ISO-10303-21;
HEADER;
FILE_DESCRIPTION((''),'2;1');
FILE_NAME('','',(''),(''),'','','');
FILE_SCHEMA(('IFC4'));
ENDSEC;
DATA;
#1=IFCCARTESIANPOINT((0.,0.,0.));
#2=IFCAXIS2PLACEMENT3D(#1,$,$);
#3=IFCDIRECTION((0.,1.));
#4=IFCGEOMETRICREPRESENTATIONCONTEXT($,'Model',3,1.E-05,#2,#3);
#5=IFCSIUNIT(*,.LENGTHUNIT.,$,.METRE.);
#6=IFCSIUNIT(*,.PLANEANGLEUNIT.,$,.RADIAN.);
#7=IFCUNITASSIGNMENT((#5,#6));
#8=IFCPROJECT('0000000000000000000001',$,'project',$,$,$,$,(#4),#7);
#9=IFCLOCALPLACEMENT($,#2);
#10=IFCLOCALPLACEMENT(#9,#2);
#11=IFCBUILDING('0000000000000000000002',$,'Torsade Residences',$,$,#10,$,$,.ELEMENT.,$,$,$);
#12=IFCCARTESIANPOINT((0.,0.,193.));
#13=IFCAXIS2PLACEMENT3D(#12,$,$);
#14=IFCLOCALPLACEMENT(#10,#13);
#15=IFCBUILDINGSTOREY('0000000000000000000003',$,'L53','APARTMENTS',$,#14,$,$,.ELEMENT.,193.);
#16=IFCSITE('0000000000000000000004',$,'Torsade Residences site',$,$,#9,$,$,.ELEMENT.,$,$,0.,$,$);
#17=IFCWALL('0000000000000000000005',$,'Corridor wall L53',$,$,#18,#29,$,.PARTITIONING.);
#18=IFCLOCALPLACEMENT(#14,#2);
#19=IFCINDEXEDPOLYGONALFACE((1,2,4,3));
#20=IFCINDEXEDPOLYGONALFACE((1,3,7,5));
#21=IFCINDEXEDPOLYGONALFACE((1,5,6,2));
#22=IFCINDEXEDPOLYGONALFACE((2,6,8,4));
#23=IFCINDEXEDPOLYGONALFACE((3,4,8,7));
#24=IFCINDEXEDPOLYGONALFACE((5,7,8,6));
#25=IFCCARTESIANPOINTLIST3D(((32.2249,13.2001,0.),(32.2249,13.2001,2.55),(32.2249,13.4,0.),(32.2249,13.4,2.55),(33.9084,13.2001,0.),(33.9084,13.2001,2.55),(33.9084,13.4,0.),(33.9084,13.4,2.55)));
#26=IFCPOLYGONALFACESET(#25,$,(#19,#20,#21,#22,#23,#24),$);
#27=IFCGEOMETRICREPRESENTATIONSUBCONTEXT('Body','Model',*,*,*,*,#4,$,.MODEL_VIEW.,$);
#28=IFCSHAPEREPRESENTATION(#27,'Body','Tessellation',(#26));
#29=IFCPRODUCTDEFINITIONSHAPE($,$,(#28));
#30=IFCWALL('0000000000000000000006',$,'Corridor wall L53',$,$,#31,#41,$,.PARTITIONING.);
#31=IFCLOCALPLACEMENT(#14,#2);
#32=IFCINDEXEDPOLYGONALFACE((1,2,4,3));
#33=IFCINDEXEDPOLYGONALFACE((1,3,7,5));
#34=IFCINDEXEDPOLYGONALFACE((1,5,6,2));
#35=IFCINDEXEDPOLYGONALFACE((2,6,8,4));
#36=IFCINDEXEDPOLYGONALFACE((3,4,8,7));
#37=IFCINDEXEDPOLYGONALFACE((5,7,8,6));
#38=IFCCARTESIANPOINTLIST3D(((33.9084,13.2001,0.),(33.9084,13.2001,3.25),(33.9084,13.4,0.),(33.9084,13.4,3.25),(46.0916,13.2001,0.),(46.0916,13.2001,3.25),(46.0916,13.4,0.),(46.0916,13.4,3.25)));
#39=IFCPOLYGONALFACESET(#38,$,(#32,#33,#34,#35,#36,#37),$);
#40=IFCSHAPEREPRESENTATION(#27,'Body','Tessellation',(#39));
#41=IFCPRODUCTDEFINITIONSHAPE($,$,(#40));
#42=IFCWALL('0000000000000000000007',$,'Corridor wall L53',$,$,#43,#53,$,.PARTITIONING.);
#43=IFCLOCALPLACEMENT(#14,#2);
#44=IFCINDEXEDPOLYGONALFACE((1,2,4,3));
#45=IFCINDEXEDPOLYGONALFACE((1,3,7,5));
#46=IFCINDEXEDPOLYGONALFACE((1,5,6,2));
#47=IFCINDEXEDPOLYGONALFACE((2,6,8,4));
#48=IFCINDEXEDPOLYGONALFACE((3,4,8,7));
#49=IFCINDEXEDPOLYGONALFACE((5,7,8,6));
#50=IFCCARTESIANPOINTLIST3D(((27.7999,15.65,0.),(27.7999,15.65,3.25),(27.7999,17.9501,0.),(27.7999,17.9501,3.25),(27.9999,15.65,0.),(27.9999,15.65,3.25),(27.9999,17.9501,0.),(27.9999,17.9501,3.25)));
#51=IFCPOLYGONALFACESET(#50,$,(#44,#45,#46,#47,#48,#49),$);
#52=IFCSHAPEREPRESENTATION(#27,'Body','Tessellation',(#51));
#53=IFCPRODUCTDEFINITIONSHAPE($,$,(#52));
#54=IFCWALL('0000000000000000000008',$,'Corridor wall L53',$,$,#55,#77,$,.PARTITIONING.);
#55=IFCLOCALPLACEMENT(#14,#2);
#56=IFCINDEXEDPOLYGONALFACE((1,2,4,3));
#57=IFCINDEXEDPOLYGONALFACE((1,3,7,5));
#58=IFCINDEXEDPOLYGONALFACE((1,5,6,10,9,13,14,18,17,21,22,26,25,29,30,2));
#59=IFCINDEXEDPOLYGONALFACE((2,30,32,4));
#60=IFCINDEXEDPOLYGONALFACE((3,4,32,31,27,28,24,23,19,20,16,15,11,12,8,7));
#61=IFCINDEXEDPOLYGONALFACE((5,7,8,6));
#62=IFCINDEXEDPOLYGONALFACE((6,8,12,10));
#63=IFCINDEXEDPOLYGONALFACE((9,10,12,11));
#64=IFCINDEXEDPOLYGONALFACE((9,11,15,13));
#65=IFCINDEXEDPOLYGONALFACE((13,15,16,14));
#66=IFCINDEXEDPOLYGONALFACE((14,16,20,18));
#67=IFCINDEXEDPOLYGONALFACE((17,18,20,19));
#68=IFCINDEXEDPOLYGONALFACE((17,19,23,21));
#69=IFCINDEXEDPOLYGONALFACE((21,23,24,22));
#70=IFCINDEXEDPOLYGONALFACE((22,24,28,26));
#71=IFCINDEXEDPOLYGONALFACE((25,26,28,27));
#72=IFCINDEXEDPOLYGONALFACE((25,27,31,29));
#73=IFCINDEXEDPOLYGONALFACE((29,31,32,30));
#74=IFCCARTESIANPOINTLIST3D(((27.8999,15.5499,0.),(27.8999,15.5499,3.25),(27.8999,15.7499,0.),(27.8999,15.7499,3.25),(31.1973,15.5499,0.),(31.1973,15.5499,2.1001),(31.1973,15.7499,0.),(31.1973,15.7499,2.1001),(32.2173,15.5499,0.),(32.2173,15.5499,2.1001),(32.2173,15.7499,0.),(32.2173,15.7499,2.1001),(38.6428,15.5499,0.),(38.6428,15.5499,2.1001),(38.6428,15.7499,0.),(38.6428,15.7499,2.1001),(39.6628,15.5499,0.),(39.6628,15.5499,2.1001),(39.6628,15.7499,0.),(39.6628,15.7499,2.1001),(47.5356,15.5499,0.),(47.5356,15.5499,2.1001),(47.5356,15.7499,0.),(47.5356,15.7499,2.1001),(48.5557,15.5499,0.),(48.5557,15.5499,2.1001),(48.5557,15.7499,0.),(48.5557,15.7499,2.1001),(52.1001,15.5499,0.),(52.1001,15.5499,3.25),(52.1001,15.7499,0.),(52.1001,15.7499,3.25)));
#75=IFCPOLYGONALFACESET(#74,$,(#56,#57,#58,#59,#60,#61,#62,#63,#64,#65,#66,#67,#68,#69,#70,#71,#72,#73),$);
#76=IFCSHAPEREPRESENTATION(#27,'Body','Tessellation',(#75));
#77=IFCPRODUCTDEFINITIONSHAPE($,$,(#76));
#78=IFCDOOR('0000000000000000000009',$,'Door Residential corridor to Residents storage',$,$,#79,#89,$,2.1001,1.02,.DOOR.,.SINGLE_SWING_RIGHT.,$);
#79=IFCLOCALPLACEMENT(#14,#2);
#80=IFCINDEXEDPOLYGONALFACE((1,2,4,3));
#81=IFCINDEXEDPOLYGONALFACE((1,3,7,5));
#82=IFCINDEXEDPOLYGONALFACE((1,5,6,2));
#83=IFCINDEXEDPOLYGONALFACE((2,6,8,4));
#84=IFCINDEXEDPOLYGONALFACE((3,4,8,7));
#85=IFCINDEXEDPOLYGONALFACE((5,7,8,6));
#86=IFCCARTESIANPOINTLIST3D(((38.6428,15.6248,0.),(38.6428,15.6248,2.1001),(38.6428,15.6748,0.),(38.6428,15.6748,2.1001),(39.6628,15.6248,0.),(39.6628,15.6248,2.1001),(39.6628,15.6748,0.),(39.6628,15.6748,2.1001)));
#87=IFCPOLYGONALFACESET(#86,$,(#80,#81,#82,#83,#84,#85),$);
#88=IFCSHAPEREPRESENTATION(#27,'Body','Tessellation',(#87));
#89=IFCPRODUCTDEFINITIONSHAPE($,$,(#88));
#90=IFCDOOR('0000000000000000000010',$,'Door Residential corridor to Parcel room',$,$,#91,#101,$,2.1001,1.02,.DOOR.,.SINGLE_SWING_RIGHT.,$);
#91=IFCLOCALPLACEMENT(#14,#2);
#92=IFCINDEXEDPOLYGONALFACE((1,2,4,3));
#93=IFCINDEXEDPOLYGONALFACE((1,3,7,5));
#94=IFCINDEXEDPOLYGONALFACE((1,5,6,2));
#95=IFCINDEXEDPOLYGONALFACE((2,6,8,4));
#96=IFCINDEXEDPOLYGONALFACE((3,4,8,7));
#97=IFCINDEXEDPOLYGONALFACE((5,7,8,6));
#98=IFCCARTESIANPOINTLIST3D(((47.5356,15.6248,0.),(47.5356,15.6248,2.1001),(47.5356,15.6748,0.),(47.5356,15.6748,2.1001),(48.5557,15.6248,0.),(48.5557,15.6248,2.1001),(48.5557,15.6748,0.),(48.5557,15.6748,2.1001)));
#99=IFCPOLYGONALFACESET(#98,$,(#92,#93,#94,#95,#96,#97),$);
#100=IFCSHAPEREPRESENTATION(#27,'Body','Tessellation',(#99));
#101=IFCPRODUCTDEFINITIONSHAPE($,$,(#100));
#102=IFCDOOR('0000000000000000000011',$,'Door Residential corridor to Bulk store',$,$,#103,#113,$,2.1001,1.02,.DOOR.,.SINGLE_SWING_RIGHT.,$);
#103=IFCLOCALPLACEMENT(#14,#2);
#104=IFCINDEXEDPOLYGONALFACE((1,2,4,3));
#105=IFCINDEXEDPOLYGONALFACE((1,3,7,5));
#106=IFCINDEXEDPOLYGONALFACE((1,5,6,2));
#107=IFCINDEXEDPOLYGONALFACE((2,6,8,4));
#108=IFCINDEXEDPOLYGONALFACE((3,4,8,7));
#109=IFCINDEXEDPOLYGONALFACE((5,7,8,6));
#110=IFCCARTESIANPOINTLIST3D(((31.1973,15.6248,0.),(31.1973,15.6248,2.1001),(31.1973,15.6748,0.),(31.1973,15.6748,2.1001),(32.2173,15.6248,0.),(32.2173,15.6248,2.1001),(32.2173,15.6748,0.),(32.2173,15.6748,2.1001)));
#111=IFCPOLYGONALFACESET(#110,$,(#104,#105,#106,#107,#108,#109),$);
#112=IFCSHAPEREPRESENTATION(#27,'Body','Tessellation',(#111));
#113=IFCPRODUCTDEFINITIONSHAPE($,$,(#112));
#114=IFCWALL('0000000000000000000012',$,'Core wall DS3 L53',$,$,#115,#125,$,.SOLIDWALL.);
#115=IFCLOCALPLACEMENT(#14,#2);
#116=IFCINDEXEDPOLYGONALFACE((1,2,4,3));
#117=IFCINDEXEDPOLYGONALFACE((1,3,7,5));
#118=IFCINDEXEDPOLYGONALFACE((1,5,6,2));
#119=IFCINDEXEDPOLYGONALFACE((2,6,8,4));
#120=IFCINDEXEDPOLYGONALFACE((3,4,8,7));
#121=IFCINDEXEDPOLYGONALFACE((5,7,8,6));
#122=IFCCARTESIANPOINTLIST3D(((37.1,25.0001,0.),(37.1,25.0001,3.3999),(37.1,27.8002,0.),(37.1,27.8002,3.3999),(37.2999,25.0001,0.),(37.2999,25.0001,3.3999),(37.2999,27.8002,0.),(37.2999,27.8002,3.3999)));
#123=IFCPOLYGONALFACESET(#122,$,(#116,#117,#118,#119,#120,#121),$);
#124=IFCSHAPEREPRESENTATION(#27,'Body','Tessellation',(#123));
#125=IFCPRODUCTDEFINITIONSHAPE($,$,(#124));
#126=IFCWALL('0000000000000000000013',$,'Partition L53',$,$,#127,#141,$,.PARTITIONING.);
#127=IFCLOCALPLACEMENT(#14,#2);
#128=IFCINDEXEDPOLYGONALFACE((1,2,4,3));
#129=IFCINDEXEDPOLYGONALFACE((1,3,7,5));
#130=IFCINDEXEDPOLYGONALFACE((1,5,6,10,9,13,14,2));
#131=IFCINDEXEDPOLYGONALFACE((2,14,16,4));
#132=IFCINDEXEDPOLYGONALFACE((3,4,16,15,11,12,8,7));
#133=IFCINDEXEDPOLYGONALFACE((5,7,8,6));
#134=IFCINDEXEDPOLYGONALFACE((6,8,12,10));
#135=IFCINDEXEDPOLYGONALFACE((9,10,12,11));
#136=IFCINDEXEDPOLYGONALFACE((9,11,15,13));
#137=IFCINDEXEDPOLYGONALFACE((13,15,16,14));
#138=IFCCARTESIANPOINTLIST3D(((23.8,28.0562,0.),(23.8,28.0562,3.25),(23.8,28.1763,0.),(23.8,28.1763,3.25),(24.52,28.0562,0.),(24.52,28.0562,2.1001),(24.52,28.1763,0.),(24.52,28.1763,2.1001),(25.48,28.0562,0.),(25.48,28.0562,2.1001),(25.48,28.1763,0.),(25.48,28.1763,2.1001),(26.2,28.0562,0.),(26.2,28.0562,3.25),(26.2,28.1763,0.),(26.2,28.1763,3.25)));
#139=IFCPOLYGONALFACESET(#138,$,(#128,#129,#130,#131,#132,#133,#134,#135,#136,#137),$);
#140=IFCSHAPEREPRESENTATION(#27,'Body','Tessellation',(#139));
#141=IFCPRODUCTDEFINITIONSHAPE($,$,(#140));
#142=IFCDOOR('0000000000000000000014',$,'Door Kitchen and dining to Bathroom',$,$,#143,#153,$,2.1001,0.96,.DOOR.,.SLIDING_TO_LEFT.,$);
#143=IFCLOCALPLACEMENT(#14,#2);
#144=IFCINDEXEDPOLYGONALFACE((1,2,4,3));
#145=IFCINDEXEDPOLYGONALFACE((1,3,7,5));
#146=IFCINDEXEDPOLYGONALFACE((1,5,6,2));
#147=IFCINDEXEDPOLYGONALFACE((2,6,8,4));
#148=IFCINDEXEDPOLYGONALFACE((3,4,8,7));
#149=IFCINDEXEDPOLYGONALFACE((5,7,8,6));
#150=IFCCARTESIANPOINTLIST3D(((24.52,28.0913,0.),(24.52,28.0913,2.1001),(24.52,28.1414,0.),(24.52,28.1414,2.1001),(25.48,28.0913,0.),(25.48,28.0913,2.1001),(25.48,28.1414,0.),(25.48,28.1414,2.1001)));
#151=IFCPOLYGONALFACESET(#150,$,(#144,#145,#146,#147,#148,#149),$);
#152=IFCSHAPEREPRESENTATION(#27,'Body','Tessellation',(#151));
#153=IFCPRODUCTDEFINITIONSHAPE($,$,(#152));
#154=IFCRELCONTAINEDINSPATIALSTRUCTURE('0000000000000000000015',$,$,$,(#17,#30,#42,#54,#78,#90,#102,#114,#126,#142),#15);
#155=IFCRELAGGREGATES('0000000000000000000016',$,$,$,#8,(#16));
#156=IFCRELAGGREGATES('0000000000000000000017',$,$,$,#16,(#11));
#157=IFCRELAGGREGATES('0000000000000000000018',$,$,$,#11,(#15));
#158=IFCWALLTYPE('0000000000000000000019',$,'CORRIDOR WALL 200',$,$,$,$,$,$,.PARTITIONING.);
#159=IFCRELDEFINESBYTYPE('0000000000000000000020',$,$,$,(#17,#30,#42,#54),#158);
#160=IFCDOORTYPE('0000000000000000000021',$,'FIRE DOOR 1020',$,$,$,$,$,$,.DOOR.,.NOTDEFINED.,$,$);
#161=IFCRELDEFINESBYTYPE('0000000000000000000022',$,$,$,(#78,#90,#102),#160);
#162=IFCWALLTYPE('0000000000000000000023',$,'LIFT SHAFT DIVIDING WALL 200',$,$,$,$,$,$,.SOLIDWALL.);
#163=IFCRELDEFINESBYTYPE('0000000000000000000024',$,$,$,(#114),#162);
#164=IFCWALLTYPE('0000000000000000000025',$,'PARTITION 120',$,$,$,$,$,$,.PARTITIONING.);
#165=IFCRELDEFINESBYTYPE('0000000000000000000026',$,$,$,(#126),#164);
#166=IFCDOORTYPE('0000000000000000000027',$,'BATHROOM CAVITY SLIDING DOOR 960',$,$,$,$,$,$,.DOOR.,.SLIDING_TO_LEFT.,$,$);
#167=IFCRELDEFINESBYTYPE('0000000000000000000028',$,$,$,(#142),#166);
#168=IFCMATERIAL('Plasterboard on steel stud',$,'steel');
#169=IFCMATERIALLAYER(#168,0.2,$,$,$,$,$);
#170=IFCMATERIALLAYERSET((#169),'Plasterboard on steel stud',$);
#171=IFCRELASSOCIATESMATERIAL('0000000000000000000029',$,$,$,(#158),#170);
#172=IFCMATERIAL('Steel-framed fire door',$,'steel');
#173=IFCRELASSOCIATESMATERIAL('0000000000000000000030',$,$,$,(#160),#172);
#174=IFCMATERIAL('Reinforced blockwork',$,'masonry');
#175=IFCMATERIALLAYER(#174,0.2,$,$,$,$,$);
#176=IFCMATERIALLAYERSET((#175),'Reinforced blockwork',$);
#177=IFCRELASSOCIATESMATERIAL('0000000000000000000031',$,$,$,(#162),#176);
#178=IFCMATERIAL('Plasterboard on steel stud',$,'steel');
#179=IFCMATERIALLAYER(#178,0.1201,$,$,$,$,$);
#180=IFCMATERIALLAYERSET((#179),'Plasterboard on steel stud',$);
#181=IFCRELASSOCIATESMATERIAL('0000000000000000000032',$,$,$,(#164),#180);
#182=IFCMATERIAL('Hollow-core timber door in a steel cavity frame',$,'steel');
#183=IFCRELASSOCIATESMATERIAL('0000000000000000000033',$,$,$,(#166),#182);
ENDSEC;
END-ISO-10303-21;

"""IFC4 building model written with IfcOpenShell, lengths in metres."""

from ifc_helpers import new_model, si_unit, direction, frame, frame_2d, origin, place, context, subcontext, project, spatial, rectangle, extrude, material, layer, layer_set, type_object, element, fill, save


model = new_model("IFC4")

# Units and contexts
model_context = context("Model", 3, precision=1e-05, world=origin(), true_north=direction((0.0, 1.0)))
body_context = subcontext(model_context, "Body", "Model", "MODEL_VIEW")
ifc_project = project(units=[si_unit("LENGTHUNIT", "METRE"), si_unit("PLANEANGLEUNIT", "RADIAN")], contexts=[model_context])

# Site, building, storey
site_placement = place(None, origin())
site = spatial("IfcSite", under=ifc_project, at=site_placement, Name="Torsade Residences site", CompositionType="ELEMENT", RefElevation=0.0)
building_placement = place(site_placement, origin())
building = spatial("IfcBuilding", under=site, at=building_placement, Name="Torsade Residences", CompositionType="ELEMENT")
storey_placement = place(building_placement, frame((0.0, 0.0, 193.0)))
storey = spatial("IfcBuildingStorey", under=building, at=storey_placement, Name="L53", Description="APARTMENTS", CompositionType="ELEMENT", Elevation=193.0)

# Walls
ifc_material_1 = material(Name="Plasterboard on steel stud", Category="steel")
ifc_layer_1 = layer(ifc_material_1, 0.2)
ifc_layer_set_1 = layer_set([ifc_layer_1], Name="Plasterboard on steel stud")
wall_type_1 = type_object("IfcWallType", Name="CORRIDOR WALL 200", PredefinedType="PARTITIONING", material=ifc_layer_set_1)
wall_1_placement = place(storey_placement, frame((32.2249, 13.3, 0.0), z_axis=(0.0, 0.0, 1.0), x_axis=(1.0, 0.0, 0.0)))
element("IfcWall", 1, at=wall_1_placement, inside=storey, type_object=wall_type_1, Name="Corridor wall L53", PredefinedType="PARTITIONING", context=body_context, shape_type="SweptSolid", body=[
    extrude(rectangle(XDim=1.6836, YDim=0.2, at=frame_2d((0.8418, 0.0))), origin(), (0.0, 0.0, 1.0), 2.55),
])
wall_2_placement = place(storey_placement, frame((33.9084, 13.3, 0.0), z_axis=(0.0, 0.0, 1.0), x_axis=(1.0, 0.0, 0.0)))
element("IfcWall", 2, at=wall_2_placement, inside=storey, type_object=wall_type_1, Name="Corridor wall L53", PredefinedType="PARTITIONING", context=body_context, shape_type="SweptSolid", body=[
    extrude(rectangle(XDim=12.1831, YDim=0.2, at=frame_2d((6.0916, 0.0))), origin(), (0.0, 0.0, 1.0), 3.25),
])
wall_3_placement = place(storey_placement, frame((27.8999, 17.95, 0.0), z_axis=(0.0, 0.0, 1.0), x_axis=(0.0, -1.0, 0.0)))
element("IfcWall", 3, at=wall_3_placement, inside=storey, type_object=wall_type_1, Name="Corridor wall L53", PredefinedType="PARTITIONING", context=body_context, shape_type="SweptSolid", body=[
    extrude(rectangle(XDim=2.3, YDim=0.2, at=frame_2d((1.1499, 0.0))), origin(), (0.0, 0.0, 1.0), 3.25),
])

# Wall, openings, doors
wall_4_placement = place(storey_placement, frame((27.8999, 15.6499, 0.0), z_axis=(0.0, 0.0, 1.0), x_axis=(1.0, 0.0, 0.0)))
wall_4 = element("IfcWall", 4, at=wall_4_placement, inside=storey, type_object=wall_type_1, Name="Corridor wall L53", PredefinedType="PARTITIONING", context=body_context, shape_type="SweptSolid", body=[
    extrude(rectangle(XDim=24.2002, YDim=0.2, at=frame_2d((12.1001, 0.0))), origin(), (0.0, 0.0, 1.0), 3.25),
])
opening_1_placement = place(wall_4_placement, frame((10.7429, 0.0, 0.0)))
opening_1 = element("IfcOpeningElement", 5, at=opening_1_placement, cuts=wall_4, PredefinedType="OPENING", context=body_context, shape_type="SweptSolid", body=[
    extrude(rectangle(XDim=1.02, YDim=2.1001, at=frame_2d((0.51, 1.05))), frame((0.0, 0.1099, 0.0), z_axis=(0.0, -1.0, 0.0), x_axis=(1.0, 0.0, 0.0)), (0.0, 0.0, 1.0), 0.22),
])
opening_2_placement = place(wall_4_placement, frame((19.6357, 0.0, 0.0)))
opening_2 = element("IfcOpeningElement", 6, at=opening_2_placement, cuts=wall_4, PredefinedType="OPENING", context=body_context, shape_type="SweptSolid", body=[
    extrude(rectangle(XDim=1.02, YDim=2.1001, at=frame_2d((0.51, 1.05))), frame((0.0, 0.1099, 0.0), z_axis=(0.0, -1.0, 0.0), x_axis=(1.0, 0.0, 0.0)), (0.0, 0.0, 1.0), 0.22),
])
opening_3_placement = place(wall_4_placement, frame((3.2974, 0.0, 0.0)))
opening_3 = element("IfcOpeningElement", 7, at=opening_3_placement, cuts=wall_4, PredefinedType="OPENING", context=body_context, shape_type="SweptSolid", body=[
    extrude(rectangle(XDim=1.02, YDim=2.1001, at=frame_2d((0.51, 1.05))), frame((0.0, 0.1099, 0.0), z_axis=(0.0, -1.0, 0.0), x_axis=(1.0, 0.0, 0.0)), (0.0, 0.0, 1.0), 0.22),
])
ifc_material_2 = material(Name="Steel-framed fire door", Category="steel")
door_type_1 = type_object("IfcDoorType", Name="FIRE DOOR 1020", OperationType="NOTDEFINED", PredefinedType="DOOR", material=ifc_material_2)
door_1_placement = place(opening_1_placement, origin())
door_1 = element("IfcDoor", 8, at=door_1_placement, inside=storey, type_object=door_type_1, Name="Door Residential corridor to Residents storage", OperationType="SINGLE_SWING_RIGHT", OverallHeight=2.1001, OverallWidth=1.02, PredefinedType="DOOR", context=body_context, shape_type="SweptSolid", body=[
    extrude(rectangle(XDim=1.02, YDim=2.1001, at=frame_2d((0.51, 1.05))), frame((0.0, 0.0249, 0.0), z_axis=(0.0, -1.0, 0.0), x_axis=(1.0, 0.0, 0.0)), (0.0, 0.0, 1.0), 0.05),
])
fill(opening_1, door_1)
door_2_placement = place(opening_2_placement, origin())
door_2 = element("IfcDoor", 9, at=door_2_placement, inside=storey, type_object=door_type_1, Name="Door Residential corridor to Parcel room", OperationType="SINGLE_SWING_RIGHT", OverallHeight=2.1001, OverallWidth=1.02, PredefinedType="DOOR", context=body_context, shape_type="SweptSolid", body=[
    extrude(rectangle(XDim=1.02, YDim=2.1001, at=frame_2d((0.51, 1.05))), frame((0.0, 0.0249, 0.0), z_axis=(0.0, -1.0, 0.0), x_axis=(1.0, 0.0, 0.0)), (0.0, 0.0, 1.0), 0.05),
])
fill(opening_2, door_2)
door_3_placement = place(opening_3_placement, origin())
door_3 = element("IfcDoor", 10, at=door_3_placement, inside=storey, type_object=door_type_1, Name="Door Residential corridor to Bulk store", OperationType="SINGLE_SWING_RIGHT", OverallHeight=2.1001, OverallWidth=1.02, PredefinedType="DOOR", context=body_context, shape_type="SweptSolid", body=[
    extrude(rectangle(XDim=1.02, YDim=2.1001, at=frame_2d((0.51, 1.05))), frame((0.0, 0.0249, 0.0), z_axis=(0.0, -1.0, 0.0), x_axis=(1.0, 0.0, 0.0)), (0.0, 0.0, 1.0), 0.05),
])
fill(opening_3, door_3)

# Wall
ifc_material_3 = material(Name="Reinforced blockwork", Category="masonry")
ifc_layer_2 = layer(ifc_material_3, 0.2)
ifc_layer_set_2 = layer_set([ifc_layer_2], Name="Reinforced blockwork")
wall_type_2 = type_object("IfcWallType", Name="LIFT SHAFT DIVIDING WALL 200", PredefinedType="SOLIDWALL", material=ifc_layer_set_2)
wall_5_placement = place(storey_placement, frame((37.2, 27.8, 0.0), z_axis=(0.0, 0.0, 1.0), x_axis=(0.0, -1.0, 0.0)))
element("IfcWall", 11, at=wall_5_placement, inside=storey, type_object=wall_type_2, Name="Core wall DS3 L53", PredefinedType="SOLIDWALL", context=body_context, shape_type="SweptSolid", body=[
    extrude(rectangle(XDim=2.8, YDim=0.2, at=frame_2d((1.3999, 0.0))), origin(), (0.0, 0.0, 1.0), 3.3999),
])

# Wall, opening, door
ifc_material_4 = material(Name="Plasterboard on steel stud", Category="steel")
ifc_layer_3 = layer(ifc_material_4, 0.1201)
ifc_layer_set_3 = layer_set([ifc_layer_3], Name="Plasterboard on steel stud")
wall_type_3 = type_object("IfcWallType", Name="PARTITION 120", PredefinedType="PARTITIONING", material=ifc_layer_set_3)
wall_6_placement = place(storey_placement, frame((26.2, 28.1162, 0.0), z_axis=(0.0, 0.0, 1.0), x_axis=(-1.0, 0.0, 0.0)))
wall_6 = element("IfcWall", 12, at=wall_6_placement, inside=storey, type_object=wall_type_3, Name="Partition L53", PredefinedType="PARTITIONING", context=body_context, shape_type="SweptSolid", body=[
    extrude(rectangle(XDim=2.3999, YDim=0.1201, at=frame_2d((1.2, 0.0))), origin(), (0.0, 0.0, 1.0), 3.25),
])
opening_4_placement = place(wall_6_placement, frame((0.72, 0.0, 0.0)))
opening_4 = element("IfcOpeningElement", 13, at=opening_4_placement, cuts=wall_6, PredefinedType="OPENING", context=body_context, shape_type="SweptSolid", body=[
    extrude(rectangle(XDim=0.96, YDim=2.1001, at=frame_2d((0.48, 1.05))), frame((0.0, 0.0701, 0.0), z_axis=(0.0, -1.0, 0.0), x_axis=(1.0, 0.0, 0.0)), (0.0, 0.0, 1.0), 0.1401),
])
ifc_material_5 = material(Name="Hollow-core timber door in a steel cavity frame", Category="steel")
door_type_2 = type_object("IfcDoorType", Name="BATHROOM CAVITY SLIDING DOOR 960", OperationType="SLIDING_TO_LEFT", PredefinedType="DOOR", material=ifc_material_5)
door_4_placement = place(opening_4_placement, origin())
door_4 = element("IfcDoor", 14, at=door_4_placement, inside=storey, type_object=door_type_2, Name="Door Kitchen and dining to Bathroom", OperationType="SLIDING_TO_LEFT", OverallHeight=2.1001, OverallWidth=0.96, PredefinedType="DOOR", context=body_context, shape_type="SweptSolid", body=[
    extrude(rectangle(XDim=0.96, YDim=2.1001, at=frame_2d((0.48, 1.05))), frame((0.0, 0.0249, 0.0), z_axis=(0.0, -1.0, 0.0), x_axis=(1.0, 0.0, 0.0)), (0.0, 0.0, 1.0), 0.05),
])
fill(opening_4, door_4)

save(model, "model.ifc")
